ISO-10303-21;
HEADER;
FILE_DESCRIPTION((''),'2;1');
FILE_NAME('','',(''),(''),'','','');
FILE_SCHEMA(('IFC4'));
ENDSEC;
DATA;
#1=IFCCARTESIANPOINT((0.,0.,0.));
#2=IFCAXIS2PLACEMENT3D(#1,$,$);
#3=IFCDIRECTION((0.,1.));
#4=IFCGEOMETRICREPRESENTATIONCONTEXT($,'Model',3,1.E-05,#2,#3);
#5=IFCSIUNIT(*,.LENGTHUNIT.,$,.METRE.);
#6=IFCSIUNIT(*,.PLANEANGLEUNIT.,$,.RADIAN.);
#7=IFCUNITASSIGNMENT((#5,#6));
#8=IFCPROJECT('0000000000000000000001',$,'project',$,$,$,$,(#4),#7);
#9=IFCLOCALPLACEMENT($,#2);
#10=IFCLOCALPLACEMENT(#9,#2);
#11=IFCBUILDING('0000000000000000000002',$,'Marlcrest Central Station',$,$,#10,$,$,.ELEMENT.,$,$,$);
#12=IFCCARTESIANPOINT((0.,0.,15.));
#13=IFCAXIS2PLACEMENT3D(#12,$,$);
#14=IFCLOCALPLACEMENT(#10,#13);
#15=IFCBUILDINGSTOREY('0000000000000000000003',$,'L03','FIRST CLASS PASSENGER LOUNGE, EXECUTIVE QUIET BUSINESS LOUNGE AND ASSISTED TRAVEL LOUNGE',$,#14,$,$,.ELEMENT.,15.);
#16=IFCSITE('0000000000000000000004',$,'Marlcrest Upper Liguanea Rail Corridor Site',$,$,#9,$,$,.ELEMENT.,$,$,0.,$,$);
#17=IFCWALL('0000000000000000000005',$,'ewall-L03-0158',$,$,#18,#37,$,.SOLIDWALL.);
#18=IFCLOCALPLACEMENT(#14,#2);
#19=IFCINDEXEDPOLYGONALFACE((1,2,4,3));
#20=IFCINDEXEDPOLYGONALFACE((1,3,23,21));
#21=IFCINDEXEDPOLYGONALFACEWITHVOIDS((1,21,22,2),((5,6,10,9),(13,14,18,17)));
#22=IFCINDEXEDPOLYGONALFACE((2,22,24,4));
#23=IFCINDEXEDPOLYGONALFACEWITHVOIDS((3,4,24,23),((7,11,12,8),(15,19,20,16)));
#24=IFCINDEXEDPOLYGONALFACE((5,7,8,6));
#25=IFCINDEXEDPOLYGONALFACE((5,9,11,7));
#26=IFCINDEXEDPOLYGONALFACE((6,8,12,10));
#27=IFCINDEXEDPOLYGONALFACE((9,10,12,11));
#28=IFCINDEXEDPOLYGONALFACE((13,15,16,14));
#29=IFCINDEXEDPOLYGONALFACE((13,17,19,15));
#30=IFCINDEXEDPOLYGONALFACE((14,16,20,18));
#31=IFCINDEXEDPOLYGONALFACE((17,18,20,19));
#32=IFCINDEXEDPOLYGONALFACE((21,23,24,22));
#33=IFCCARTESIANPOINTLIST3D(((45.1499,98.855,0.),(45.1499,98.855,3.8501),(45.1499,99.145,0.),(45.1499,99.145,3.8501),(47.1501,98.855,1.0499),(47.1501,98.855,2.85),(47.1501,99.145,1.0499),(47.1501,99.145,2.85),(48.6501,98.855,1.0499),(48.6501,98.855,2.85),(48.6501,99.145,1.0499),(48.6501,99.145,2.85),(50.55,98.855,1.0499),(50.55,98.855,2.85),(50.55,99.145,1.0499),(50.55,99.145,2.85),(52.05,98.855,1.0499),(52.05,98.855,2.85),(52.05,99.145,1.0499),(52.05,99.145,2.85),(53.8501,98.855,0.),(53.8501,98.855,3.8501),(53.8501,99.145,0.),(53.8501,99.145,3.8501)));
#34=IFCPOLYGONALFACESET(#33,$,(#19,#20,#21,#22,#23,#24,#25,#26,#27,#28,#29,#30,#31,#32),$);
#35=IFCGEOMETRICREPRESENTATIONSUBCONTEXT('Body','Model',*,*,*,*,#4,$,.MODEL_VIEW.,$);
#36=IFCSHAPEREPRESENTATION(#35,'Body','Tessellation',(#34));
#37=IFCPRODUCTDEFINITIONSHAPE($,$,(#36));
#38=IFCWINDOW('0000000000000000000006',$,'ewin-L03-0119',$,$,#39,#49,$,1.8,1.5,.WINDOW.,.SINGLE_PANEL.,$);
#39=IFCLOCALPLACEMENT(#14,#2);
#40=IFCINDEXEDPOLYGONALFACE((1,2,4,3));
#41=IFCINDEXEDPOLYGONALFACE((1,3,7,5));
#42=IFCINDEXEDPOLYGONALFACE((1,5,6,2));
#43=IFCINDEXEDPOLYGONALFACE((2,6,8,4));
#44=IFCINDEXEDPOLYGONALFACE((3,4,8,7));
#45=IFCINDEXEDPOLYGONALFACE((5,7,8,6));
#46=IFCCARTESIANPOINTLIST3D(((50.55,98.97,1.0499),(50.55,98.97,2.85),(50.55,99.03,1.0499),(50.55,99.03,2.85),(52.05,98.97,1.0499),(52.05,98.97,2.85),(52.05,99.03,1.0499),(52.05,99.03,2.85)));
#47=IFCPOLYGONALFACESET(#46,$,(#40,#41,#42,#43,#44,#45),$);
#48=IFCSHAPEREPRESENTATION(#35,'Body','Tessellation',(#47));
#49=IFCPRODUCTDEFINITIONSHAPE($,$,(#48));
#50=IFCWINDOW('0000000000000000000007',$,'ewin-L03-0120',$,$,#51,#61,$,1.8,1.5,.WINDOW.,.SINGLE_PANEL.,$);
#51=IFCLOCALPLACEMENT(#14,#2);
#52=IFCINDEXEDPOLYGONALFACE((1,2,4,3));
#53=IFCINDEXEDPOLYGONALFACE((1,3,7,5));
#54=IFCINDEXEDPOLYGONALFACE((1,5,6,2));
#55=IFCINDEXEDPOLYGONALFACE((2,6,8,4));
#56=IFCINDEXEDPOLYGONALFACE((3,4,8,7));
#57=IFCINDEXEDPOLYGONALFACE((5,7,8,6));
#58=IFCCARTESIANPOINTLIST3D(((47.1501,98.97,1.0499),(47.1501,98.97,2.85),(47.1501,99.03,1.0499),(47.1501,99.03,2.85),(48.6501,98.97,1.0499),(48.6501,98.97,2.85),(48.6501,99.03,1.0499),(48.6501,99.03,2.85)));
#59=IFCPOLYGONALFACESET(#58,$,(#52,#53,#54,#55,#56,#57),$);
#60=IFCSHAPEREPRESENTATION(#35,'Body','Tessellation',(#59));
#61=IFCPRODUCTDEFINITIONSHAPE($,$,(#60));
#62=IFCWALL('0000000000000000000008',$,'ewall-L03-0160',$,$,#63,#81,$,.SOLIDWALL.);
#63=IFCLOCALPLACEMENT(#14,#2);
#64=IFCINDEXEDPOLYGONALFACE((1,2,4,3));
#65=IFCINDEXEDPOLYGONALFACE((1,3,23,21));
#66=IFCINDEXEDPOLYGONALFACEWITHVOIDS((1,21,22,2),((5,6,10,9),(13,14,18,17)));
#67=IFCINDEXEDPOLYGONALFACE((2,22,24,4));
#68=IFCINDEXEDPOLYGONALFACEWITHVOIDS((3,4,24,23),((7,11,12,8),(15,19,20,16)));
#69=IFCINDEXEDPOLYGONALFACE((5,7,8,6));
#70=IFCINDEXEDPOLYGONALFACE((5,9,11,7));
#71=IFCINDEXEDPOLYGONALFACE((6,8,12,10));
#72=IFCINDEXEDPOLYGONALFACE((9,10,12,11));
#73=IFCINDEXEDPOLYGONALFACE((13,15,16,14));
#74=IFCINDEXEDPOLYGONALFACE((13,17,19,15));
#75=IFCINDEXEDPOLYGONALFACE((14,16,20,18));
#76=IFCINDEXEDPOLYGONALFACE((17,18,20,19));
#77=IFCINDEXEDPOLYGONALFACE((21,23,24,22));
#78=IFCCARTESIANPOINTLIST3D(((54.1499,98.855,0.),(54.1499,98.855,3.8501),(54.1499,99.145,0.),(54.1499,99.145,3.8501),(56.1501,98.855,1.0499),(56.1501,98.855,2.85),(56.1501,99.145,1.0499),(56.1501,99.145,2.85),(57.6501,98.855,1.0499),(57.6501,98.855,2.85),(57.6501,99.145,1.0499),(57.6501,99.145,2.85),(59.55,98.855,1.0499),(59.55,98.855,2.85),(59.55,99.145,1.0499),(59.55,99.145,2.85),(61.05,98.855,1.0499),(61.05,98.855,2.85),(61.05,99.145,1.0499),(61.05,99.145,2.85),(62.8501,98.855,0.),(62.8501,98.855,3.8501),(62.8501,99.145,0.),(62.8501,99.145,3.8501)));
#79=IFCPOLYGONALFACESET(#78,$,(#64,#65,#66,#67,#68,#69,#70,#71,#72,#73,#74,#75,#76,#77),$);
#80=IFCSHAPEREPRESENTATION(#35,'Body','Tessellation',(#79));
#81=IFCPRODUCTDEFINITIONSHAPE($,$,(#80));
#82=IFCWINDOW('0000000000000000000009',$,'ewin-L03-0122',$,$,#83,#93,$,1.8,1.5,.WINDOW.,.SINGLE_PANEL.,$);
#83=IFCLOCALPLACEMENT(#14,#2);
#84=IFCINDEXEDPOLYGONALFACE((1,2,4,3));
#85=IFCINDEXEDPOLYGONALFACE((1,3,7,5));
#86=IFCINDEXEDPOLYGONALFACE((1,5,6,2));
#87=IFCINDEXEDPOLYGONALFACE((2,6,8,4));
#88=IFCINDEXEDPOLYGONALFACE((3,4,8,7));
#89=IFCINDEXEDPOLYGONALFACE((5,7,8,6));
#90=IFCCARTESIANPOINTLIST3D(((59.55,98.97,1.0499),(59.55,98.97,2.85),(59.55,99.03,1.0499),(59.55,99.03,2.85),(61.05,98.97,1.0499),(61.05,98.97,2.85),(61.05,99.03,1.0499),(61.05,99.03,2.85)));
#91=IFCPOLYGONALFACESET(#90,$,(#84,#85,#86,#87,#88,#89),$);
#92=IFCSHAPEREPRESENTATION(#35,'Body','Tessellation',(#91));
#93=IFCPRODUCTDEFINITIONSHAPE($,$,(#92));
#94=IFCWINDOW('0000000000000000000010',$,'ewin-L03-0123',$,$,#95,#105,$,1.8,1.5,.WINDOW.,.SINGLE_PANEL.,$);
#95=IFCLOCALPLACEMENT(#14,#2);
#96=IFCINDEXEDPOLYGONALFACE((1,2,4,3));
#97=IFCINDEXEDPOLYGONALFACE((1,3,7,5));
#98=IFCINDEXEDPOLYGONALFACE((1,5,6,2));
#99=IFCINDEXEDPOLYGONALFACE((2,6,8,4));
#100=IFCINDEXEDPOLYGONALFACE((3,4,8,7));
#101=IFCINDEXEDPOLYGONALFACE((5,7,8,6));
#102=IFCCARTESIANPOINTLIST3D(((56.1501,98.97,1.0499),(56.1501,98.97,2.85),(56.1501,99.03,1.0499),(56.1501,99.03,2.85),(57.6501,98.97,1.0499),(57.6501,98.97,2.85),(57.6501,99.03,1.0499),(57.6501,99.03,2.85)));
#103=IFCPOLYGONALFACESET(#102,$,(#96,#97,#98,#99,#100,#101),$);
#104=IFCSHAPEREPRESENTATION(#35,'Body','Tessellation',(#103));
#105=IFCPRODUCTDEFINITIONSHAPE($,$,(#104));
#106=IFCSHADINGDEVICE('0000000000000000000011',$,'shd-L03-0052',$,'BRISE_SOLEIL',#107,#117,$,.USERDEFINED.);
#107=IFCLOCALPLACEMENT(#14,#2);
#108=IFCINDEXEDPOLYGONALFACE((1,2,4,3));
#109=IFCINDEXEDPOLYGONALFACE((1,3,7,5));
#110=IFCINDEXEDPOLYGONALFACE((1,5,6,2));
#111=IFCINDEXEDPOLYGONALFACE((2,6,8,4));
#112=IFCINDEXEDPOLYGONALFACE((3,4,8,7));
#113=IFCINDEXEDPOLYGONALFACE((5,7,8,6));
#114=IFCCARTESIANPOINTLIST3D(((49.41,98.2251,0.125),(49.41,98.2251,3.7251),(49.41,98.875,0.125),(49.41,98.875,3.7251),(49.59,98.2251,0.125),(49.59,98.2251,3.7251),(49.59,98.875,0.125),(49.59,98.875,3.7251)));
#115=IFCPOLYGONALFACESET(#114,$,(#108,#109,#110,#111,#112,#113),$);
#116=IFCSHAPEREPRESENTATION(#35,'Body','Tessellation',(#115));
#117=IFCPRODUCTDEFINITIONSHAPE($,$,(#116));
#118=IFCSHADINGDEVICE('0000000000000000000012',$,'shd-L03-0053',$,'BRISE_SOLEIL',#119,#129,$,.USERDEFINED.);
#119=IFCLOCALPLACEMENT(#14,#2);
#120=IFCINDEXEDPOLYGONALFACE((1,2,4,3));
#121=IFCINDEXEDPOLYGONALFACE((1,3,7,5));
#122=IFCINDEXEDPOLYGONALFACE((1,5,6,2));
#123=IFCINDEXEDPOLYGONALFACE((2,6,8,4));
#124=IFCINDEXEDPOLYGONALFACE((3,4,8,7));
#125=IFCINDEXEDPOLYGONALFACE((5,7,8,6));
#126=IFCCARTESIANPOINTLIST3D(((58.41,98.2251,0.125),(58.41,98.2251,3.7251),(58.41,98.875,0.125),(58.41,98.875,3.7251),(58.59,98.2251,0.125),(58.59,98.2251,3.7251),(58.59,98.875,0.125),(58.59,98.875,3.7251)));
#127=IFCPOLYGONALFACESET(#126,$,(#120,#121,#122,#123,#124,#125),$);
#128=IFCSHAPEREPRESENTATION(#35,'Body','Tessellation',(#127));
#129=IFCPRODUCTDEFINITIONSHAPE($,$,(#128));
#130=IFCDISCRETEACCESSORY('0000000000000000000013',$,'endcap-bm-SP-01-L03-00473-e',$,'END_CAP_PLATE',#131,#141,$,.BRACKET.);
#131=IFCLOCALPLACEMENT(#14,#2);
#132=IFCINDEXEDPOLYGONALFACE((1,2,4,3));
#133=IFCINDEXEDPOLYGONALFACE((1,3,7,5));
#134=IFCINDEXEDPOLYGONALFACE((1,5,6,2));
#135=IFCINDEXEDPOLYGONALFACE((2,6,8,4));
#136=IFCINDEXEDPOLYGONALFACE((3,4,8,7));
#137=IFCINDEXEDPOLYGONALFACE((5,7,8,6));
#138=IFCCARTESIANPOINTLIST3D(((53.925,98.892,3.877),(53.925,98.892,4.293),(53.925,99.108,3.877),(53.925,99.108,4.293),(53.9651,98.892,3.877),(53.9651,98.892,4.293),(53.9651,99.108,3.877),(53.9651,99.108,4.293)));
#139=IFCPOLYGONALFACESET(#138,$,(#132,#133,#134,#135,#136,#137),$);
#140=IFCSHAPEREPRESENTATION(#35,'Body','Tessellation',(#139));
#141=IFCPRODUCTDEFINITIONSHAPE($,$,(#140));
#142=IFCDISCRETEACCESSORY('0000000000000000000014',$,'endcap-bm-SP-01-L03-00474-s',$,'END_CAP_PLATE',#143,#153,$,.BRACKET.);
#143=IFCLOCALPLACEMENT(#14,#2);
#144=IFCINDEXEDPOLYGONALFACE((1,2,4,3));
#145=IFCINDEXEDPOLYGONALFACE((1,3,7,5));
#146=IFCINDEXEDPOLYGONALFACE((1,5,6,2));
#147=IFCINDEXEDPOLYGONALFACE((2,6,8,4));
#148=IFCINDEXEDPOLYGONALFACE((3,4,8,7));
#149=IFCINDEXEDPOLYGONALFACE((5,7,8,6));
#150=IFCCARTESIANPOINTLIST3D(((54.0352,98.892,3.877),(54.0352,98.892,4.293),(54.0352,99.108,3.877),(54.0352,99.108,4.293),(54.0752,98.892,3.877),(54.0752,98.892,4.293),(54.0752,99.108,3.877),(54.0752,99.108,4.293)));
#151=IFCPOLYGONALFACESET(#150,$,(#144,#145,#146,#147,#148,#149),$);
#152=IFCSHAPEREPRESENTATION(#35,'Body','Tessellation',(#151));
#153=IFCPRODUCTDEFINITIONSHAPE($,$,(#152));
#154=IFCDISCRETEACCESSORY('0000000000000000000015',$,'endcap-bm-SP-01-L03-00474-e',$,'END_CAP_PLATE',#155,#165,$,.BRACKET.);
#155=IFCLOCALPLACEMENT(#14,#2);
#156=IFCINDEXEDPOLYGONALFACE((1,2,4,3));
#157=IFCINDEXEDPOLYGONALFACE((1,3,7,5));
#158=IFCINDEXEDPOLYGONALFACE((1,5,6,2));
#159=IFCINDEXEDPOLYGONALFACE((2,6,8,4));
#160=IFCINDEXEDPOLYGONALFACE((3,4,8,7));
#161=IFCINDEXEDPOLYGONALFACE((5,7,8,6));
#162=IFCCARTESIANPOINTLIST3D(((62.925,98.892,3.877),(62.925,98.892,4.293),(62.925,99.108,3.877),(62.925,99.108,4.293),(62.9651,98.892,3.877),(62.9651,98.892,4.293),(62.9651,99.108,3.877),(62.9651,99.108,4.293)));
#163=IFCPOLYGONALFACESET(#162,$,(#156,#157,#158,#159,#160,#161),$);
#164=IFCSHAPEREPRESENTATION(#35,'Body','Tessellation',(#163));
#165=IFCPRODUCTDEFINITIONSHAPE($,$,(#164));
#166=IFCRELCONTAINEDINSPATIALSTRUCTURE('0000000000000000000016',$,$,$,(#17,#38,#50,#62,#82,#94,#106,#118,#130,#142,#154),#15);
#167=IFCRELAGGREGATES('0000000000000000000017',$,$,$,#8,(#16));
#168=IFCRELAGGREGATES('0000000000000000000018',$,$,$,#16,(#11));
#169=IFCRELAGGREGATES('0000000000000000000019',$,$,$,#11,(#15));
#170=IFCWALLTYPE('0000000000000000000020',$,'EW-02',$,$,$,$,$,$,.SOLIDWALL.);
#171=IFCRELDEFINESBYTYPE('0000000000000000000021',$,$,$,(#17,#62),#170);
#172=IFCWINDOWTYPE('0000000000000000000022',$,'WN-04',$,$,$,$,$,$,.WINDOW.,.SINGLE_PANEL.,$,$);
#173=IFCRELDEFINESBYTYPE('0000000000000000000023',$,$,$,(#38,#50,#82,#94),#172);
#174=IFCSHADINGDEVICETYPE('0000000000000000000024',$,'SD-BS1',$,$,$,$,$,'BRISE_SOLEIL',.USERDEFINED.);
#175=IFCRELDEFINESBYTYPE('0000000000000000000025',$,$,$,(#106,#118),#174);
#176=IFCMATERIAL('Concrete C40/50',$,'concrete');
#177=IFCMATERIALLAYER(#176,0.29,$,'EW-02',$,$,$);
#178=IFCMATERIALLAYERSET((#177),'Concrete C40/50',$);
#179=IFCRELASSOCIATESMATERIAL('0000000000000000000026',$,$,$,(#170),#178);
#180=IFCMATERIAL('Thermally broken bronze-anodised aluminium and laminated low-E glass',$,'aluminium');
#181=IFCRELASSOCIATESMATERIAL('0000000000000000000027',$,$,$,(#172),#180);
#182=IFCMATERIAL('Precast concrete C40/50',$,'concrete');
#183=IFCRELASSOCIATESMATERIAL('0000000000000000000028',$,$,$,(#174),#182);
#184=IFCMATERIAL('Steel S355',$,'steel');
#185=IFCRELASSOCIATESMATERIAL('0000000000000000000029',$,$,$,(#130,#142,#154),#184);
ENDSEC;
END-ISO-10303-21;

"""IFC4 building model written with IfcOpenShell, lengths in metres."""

from ifc_helpers import new_model, si_unit, direction, frame, frame_2d, origin, origin_2d, place, context, subcontext, project, spatial, rectangle, extrude, material, layer, layer_set, type_object, element, fill, save


model = new_model("IFC4")

# Units and contexts
model_context = context("Model", 3, precision=1e-05, world=origin(), true_north=direction((0.0, 1.0)))
body_context = subcontext(model_context, "Body", "Model", "MODEL_VIEW")
ifc_project = project(units=[si_unit("LENGTHUNIT", "METRE"), si_unit("PLANEANGLEUNIT", "RADIAN")], contexts=[model_context])

# Site, building, storey
site_placement = place(None, origin())
site = spatial("IfcSite", under=ifc_project, at=site_placement, Name="Marlcrest Upper Liguanea Rail Corridor Site", CompositionType="ELEMENT", RefElevation=0.0)
building_placement = place(site_placement, origin())
building = spatial("IfcBuilding", under=site, at=building_placement, Name="Marlcrest Central Station", CompositionType="ELEMENT")
storey_placement = place(building_placement, frame((0.0, 0.0, 15.0)))
storey = spatial("IfcBuildingStorey", under=building, at=storey_placement, Name="L03", Description="FIRST CLASS PASSENGER LOUNGE, EXECUTIVE QUIET BUSINESS LOUNGE AND ASSISTED TRAVEL LOUNGE", CompositionType="ELEMENT", Elevation=15.0)

# Shared definitions
ifc_material_1 = material(Name="Steel S355", Category="steel")

# Walls, openings, windows
ifc_material_2 = material(Name="Concrete C40/50", Category="concrete")
ifc_layer = layer(ifc_material_2, 0.29, Name="EW-02")
ifc_layer_set = layer_set([ifc_layer], Name="Concrete C40/50")
wall_type = type_object("IfcWallType", Name="EW-02", PredefinedType="SOLIDWALL", material=ifc_layer_set)
wall_1_placement = place(storey_placement, frame((53.8501, 99.0, 0.0), z_axis=(0.0, 0.0, 1.0), x_axis=(-1.0, 0.0, 0.0)))
wall_1 = element("IfcWall", 1, at=wall_1_placement, inside=storey, type_object=wall_type, Name="ewall-L03-0158", PredefinedType="SOLIDWALL", context=body_context, shape_type="SweptSolid", body=[
    extrude(rectangle(XDim=8.7002, YDim=0.29, at=frame_2d((4.3501, 0.0))), origin(), (0.0, 0.0, 1.0), 3.8501),
])
opening_1_placement = place(wall_1_placement, frame((1.8, 0.0, 1.05)))
opening_1 = element("IfcOpeningElement", 2, at=opening_1_placement, cuts=wall_1, PredefinedType="OPENING", context=body_context, shape_type="SweptSolid", body=[
    extrude(rectangle(XDim=1.5, YDim=1.8, at=frame_2d((0.75, 0.8999))), frame((0.0, 0.155, 0.0), z_axis=(0.0, -1.0, 0.0), x_axis=(1.0, 0.0, 0.0)), (0.0, 0.0, 1.0), 0.3101),
])
opening_2_placement = place(wall_1_placement, frame((5.2, 0.0, 1.05)))
opening_2 = element("IfcOpeningElement", 3, at=opening_2_placement, cuts=wall_1, PredefinedType="OPENING", context=body_context, shape_type="SweptSolid", body=[
    extrude(rectangle(XDim=1.5, YDim=1.8, at=frame_2d((0.75, 0.8999))), frame((0.0, 0.155, 0.0), z_axis=(0.0, -1.0, 0.0), x_axis=(1.0, 0.0, 0.0)), (0.0, 0.0, 1.0), 0.3101),
])
ifc_material_3 = material(Name="Thermally broken bronze-anodised aluminium and laminated low-E glass", Category="aluminium")
window_type = type_object("IfcWindowType", Name="WN-04", PartitioningType="SINGLE_PANEL", PredefinedType="WINDOW", material=ifc_material_3)
window_1_placement = place(opening_1_placement, origin())
window_1 = element("IfcWindow", 4, at=window_1_placement, inside=storey, type_object=window_type, Name="ewin-L03-0119", OverallHeight=1.8, OverallWidth=1.5, PartitioningType="SINGLE_PANEL", PredefinedType="WINDOW", context=body_context, shape_type="SweptSolid", body=[
    extrude(rectangle(XDim=1.5, YDim=1.8, at=frame_2d((0.75, 0.8999))), frame((0.0, 0.03, 0.0), z_axis=(0.0, -1.0, 0.0), x_axis=(1.0, 0.0, 0.0)), (0.0, 0.0, 1.0), 0.0601),
])
fill(opening_1, window_1)
window_2_placement = place(opening_2_placement, origin())
window_2 = element("IfcWindow", 5, at=window_2_placement, inside=storey, type_object=window_type, Name="ewin-L03-0120", OverallHeight=1.8, OverallWidth=1.5, PartitioningType="SINGLE_PANEL", PredefinedType="WINDOW", context=body_context, shape_type="SweptSolid", body=[
    extrude(rectangle(XDim=1.5, YDim=1.8, at=frame_2d((0.75, 0.8999))), frame((0.0, 0.03, 0.0), z_axis=(0.0, -1.0, 0.0), x_axis=(1.0, 0.0, 0.0)), (0.0, 0.0, 1.0), 0.0601),
])
fill(opening_2, window_2)
wall_2_placement = place(storey_placement, frame((62.8501, 99.0, 0.0), z_axis=(0.0, 0.0, 1.0), x_axis=(-1.0, 0.0, 0.0)))
wall_2 = element("IfcWall", 6, at=wall_2_placement, inside=storey, type_object=wall_type, Name="ewall-L03-0160", PredefinedType="SOLIDWALL", context=body_context, shape_type="SweptSolid", body=[
    extrude(rectangle(XDim=8.7002, YDim=0.29, at=frame_2d((4.3501, 0.0))), origin(), (0.0, 0.0, 1.0), 3.8501),
])
opening_3_placement = place(wall_2_placement, frame((1.8, 0.0, 1.05)))
opening_3 = element("IfcOpeningElement", 7, at=opening_3_placement, cuts=wall_2, PredefinedType="OPENING", context=body_context, shape_type="SweptSolid", body=[
    extrude(rectangle(XDim=1.5, YDim=1.8, at=frame_2d((0.75, 0.8999))), frame((0.0, 0.155, 0.0), z_axis=(0.0, -1.0, 0.0), x_axis=(1.0, 0.0, 0.0)), (0.0, 0.0, 1.0), 0.3101),
])
opening_4_placement = place(wall_2_placement, frame((5.2, 0.0, 1.05)))
opening_4 = element("IfcOpeningElement", 8, at=opening_4_placement, cuts=wall_2, PredefinedType="OPENING", context=body_context, shape_type="SweptSolid", body=[
    extrude(rectangle(XDim=1.5, YDim=1.8, at=frame_2d((0.75, 0.8999))), frame((0.0, 0.155, 0.0), z_axis=(0.0, -1.0, 0.0), x_axis=(1.0, 0.0, 0.0)), (0.0, 0.0, 1.0), 0.3101),
])
window_3_placement = place(opening_3_placement, origin())
window_3 = element("IfcWindow", 9, at=window_3_placement, inside=storey, type_object=window_type, Name="ewin-L03-0122", OverallHeight=1.8, OverallWidth=1.5, PartitioningType="SINGLE_PANEL", PredefinedType="WINDOW", context=body_context, shape_type="SweptSolid", body=[
    extrude(rectangle(XDim=1.5, YDim=1.8, at=frame_2d((0.75, 0.8999))), frame((0.0, 0.03, 0.0), z_axis=(0.0, -1.0, 0.0), x_axis=(1.0, 0.0, 0.0)), (0.0, 0.0, 1.0), 0.0601),
])
fill(opening_3, window_3)
window_4_placement = place(opening_4_placement, origin())
window_4 = element("IfcWindow", 10, at=window_4_placement, inside=storey, type_object=window_type, Name="ewin-L03-0123", OverallHeight=1.8, OverallWidth=1.5, PartitioningType="SINGLE_PANEL", PredefinedType="WINDOW", context=body_context, shape_type="SweptSolid", body=[
    extrude(rectangle(XDim=1.5, YDim=1.8, at=frame_2d((0.75, 0.8999))), frame((0.0, 0.03, 0.0), z_axis=(0.0, -1.0, 0.0), x_axis=(1.0, 0.0, 0.0)), (0.0, 0.0, 1.0), 0.0601),
])
fill(opening_4, window_4)

# Shading devices
ifc_material_4 = material(Name="Precast concrete C40/50", Category="concrete")
shading_device_type = type_object("IfcShadingDeviceType", Name="SD-BS1", ElementType="BRISE_SOLEIL", PredefinedType="USERDEFINED", material=ifc_material_4)
for number, where, z_axis, x_axis, name in (
    (11, (49.5, 98.55, 0.125), (0.0, 0.0, 1.0), (1.0, 0.0, 0.0), "shd-L03-0052"),
    (12, (58.5, 98.55, 0.125), (0.0, 0.0, 1.0), (1.0, 0.0, 0.0), "shd-L03-0053"),
):
    element("IfcShadingDevice", number, at=place(storey_placement, frame(where, z_axis=z_axis, x_axis=x_axis)), inside=storey, type_object=shading_device_type, Name=name, ObjectType="BRISE_SOLEIL", PredefinedType="USERDEFINED", context=body_context, shape_type="SweptSolid", body=[
        extrude(rectangle(XDim=0.1799, YDim=0.6499, at=origin_2d()), origin(), (0.0, 0.0, 1.0), 3.6001),
    ])

# Discrete accessories
for number, where, z_axis, x_axis, name in (
    (13, (53.925, 99.0, 4.085), (1.0, 0.0, 0.0), (0.0, 1.0, 0.0), "endcap-bm-SP-01-L03-00473-e"),
    (14, (54.0352, 99.0, 4.085), (1.0, 0.0, 0.0), (0.0, 1.0, 0.0), "endcap-bm-SP-01-L03-00474-s"),
    (15, (62.925, 99.0, 4.085), (1.0, 0.0, 0.0), (0.0, 1.0, 0.0), "endcap-bm-SP-01-L03-00474-e"),
):
    element("IfcDiscreteAccessory", number, at=place(storey_placement, frame(where, z_axis=z_axis, x_axis=x_axis)), inside=storey, material=ifc_material_1, Name=name, ObjectType="END_CAP_PLATE", PredefinedType="BRACKET", context=body_context, shape_type="SweptSolid", body=[
        extrude(rectangle(XDim=0.2161, YDim=0.416, at=origin_2d()), origin(), (0.0, 0.0, 1.0), 0.04),
    ])

save(model, "model.ifc")
